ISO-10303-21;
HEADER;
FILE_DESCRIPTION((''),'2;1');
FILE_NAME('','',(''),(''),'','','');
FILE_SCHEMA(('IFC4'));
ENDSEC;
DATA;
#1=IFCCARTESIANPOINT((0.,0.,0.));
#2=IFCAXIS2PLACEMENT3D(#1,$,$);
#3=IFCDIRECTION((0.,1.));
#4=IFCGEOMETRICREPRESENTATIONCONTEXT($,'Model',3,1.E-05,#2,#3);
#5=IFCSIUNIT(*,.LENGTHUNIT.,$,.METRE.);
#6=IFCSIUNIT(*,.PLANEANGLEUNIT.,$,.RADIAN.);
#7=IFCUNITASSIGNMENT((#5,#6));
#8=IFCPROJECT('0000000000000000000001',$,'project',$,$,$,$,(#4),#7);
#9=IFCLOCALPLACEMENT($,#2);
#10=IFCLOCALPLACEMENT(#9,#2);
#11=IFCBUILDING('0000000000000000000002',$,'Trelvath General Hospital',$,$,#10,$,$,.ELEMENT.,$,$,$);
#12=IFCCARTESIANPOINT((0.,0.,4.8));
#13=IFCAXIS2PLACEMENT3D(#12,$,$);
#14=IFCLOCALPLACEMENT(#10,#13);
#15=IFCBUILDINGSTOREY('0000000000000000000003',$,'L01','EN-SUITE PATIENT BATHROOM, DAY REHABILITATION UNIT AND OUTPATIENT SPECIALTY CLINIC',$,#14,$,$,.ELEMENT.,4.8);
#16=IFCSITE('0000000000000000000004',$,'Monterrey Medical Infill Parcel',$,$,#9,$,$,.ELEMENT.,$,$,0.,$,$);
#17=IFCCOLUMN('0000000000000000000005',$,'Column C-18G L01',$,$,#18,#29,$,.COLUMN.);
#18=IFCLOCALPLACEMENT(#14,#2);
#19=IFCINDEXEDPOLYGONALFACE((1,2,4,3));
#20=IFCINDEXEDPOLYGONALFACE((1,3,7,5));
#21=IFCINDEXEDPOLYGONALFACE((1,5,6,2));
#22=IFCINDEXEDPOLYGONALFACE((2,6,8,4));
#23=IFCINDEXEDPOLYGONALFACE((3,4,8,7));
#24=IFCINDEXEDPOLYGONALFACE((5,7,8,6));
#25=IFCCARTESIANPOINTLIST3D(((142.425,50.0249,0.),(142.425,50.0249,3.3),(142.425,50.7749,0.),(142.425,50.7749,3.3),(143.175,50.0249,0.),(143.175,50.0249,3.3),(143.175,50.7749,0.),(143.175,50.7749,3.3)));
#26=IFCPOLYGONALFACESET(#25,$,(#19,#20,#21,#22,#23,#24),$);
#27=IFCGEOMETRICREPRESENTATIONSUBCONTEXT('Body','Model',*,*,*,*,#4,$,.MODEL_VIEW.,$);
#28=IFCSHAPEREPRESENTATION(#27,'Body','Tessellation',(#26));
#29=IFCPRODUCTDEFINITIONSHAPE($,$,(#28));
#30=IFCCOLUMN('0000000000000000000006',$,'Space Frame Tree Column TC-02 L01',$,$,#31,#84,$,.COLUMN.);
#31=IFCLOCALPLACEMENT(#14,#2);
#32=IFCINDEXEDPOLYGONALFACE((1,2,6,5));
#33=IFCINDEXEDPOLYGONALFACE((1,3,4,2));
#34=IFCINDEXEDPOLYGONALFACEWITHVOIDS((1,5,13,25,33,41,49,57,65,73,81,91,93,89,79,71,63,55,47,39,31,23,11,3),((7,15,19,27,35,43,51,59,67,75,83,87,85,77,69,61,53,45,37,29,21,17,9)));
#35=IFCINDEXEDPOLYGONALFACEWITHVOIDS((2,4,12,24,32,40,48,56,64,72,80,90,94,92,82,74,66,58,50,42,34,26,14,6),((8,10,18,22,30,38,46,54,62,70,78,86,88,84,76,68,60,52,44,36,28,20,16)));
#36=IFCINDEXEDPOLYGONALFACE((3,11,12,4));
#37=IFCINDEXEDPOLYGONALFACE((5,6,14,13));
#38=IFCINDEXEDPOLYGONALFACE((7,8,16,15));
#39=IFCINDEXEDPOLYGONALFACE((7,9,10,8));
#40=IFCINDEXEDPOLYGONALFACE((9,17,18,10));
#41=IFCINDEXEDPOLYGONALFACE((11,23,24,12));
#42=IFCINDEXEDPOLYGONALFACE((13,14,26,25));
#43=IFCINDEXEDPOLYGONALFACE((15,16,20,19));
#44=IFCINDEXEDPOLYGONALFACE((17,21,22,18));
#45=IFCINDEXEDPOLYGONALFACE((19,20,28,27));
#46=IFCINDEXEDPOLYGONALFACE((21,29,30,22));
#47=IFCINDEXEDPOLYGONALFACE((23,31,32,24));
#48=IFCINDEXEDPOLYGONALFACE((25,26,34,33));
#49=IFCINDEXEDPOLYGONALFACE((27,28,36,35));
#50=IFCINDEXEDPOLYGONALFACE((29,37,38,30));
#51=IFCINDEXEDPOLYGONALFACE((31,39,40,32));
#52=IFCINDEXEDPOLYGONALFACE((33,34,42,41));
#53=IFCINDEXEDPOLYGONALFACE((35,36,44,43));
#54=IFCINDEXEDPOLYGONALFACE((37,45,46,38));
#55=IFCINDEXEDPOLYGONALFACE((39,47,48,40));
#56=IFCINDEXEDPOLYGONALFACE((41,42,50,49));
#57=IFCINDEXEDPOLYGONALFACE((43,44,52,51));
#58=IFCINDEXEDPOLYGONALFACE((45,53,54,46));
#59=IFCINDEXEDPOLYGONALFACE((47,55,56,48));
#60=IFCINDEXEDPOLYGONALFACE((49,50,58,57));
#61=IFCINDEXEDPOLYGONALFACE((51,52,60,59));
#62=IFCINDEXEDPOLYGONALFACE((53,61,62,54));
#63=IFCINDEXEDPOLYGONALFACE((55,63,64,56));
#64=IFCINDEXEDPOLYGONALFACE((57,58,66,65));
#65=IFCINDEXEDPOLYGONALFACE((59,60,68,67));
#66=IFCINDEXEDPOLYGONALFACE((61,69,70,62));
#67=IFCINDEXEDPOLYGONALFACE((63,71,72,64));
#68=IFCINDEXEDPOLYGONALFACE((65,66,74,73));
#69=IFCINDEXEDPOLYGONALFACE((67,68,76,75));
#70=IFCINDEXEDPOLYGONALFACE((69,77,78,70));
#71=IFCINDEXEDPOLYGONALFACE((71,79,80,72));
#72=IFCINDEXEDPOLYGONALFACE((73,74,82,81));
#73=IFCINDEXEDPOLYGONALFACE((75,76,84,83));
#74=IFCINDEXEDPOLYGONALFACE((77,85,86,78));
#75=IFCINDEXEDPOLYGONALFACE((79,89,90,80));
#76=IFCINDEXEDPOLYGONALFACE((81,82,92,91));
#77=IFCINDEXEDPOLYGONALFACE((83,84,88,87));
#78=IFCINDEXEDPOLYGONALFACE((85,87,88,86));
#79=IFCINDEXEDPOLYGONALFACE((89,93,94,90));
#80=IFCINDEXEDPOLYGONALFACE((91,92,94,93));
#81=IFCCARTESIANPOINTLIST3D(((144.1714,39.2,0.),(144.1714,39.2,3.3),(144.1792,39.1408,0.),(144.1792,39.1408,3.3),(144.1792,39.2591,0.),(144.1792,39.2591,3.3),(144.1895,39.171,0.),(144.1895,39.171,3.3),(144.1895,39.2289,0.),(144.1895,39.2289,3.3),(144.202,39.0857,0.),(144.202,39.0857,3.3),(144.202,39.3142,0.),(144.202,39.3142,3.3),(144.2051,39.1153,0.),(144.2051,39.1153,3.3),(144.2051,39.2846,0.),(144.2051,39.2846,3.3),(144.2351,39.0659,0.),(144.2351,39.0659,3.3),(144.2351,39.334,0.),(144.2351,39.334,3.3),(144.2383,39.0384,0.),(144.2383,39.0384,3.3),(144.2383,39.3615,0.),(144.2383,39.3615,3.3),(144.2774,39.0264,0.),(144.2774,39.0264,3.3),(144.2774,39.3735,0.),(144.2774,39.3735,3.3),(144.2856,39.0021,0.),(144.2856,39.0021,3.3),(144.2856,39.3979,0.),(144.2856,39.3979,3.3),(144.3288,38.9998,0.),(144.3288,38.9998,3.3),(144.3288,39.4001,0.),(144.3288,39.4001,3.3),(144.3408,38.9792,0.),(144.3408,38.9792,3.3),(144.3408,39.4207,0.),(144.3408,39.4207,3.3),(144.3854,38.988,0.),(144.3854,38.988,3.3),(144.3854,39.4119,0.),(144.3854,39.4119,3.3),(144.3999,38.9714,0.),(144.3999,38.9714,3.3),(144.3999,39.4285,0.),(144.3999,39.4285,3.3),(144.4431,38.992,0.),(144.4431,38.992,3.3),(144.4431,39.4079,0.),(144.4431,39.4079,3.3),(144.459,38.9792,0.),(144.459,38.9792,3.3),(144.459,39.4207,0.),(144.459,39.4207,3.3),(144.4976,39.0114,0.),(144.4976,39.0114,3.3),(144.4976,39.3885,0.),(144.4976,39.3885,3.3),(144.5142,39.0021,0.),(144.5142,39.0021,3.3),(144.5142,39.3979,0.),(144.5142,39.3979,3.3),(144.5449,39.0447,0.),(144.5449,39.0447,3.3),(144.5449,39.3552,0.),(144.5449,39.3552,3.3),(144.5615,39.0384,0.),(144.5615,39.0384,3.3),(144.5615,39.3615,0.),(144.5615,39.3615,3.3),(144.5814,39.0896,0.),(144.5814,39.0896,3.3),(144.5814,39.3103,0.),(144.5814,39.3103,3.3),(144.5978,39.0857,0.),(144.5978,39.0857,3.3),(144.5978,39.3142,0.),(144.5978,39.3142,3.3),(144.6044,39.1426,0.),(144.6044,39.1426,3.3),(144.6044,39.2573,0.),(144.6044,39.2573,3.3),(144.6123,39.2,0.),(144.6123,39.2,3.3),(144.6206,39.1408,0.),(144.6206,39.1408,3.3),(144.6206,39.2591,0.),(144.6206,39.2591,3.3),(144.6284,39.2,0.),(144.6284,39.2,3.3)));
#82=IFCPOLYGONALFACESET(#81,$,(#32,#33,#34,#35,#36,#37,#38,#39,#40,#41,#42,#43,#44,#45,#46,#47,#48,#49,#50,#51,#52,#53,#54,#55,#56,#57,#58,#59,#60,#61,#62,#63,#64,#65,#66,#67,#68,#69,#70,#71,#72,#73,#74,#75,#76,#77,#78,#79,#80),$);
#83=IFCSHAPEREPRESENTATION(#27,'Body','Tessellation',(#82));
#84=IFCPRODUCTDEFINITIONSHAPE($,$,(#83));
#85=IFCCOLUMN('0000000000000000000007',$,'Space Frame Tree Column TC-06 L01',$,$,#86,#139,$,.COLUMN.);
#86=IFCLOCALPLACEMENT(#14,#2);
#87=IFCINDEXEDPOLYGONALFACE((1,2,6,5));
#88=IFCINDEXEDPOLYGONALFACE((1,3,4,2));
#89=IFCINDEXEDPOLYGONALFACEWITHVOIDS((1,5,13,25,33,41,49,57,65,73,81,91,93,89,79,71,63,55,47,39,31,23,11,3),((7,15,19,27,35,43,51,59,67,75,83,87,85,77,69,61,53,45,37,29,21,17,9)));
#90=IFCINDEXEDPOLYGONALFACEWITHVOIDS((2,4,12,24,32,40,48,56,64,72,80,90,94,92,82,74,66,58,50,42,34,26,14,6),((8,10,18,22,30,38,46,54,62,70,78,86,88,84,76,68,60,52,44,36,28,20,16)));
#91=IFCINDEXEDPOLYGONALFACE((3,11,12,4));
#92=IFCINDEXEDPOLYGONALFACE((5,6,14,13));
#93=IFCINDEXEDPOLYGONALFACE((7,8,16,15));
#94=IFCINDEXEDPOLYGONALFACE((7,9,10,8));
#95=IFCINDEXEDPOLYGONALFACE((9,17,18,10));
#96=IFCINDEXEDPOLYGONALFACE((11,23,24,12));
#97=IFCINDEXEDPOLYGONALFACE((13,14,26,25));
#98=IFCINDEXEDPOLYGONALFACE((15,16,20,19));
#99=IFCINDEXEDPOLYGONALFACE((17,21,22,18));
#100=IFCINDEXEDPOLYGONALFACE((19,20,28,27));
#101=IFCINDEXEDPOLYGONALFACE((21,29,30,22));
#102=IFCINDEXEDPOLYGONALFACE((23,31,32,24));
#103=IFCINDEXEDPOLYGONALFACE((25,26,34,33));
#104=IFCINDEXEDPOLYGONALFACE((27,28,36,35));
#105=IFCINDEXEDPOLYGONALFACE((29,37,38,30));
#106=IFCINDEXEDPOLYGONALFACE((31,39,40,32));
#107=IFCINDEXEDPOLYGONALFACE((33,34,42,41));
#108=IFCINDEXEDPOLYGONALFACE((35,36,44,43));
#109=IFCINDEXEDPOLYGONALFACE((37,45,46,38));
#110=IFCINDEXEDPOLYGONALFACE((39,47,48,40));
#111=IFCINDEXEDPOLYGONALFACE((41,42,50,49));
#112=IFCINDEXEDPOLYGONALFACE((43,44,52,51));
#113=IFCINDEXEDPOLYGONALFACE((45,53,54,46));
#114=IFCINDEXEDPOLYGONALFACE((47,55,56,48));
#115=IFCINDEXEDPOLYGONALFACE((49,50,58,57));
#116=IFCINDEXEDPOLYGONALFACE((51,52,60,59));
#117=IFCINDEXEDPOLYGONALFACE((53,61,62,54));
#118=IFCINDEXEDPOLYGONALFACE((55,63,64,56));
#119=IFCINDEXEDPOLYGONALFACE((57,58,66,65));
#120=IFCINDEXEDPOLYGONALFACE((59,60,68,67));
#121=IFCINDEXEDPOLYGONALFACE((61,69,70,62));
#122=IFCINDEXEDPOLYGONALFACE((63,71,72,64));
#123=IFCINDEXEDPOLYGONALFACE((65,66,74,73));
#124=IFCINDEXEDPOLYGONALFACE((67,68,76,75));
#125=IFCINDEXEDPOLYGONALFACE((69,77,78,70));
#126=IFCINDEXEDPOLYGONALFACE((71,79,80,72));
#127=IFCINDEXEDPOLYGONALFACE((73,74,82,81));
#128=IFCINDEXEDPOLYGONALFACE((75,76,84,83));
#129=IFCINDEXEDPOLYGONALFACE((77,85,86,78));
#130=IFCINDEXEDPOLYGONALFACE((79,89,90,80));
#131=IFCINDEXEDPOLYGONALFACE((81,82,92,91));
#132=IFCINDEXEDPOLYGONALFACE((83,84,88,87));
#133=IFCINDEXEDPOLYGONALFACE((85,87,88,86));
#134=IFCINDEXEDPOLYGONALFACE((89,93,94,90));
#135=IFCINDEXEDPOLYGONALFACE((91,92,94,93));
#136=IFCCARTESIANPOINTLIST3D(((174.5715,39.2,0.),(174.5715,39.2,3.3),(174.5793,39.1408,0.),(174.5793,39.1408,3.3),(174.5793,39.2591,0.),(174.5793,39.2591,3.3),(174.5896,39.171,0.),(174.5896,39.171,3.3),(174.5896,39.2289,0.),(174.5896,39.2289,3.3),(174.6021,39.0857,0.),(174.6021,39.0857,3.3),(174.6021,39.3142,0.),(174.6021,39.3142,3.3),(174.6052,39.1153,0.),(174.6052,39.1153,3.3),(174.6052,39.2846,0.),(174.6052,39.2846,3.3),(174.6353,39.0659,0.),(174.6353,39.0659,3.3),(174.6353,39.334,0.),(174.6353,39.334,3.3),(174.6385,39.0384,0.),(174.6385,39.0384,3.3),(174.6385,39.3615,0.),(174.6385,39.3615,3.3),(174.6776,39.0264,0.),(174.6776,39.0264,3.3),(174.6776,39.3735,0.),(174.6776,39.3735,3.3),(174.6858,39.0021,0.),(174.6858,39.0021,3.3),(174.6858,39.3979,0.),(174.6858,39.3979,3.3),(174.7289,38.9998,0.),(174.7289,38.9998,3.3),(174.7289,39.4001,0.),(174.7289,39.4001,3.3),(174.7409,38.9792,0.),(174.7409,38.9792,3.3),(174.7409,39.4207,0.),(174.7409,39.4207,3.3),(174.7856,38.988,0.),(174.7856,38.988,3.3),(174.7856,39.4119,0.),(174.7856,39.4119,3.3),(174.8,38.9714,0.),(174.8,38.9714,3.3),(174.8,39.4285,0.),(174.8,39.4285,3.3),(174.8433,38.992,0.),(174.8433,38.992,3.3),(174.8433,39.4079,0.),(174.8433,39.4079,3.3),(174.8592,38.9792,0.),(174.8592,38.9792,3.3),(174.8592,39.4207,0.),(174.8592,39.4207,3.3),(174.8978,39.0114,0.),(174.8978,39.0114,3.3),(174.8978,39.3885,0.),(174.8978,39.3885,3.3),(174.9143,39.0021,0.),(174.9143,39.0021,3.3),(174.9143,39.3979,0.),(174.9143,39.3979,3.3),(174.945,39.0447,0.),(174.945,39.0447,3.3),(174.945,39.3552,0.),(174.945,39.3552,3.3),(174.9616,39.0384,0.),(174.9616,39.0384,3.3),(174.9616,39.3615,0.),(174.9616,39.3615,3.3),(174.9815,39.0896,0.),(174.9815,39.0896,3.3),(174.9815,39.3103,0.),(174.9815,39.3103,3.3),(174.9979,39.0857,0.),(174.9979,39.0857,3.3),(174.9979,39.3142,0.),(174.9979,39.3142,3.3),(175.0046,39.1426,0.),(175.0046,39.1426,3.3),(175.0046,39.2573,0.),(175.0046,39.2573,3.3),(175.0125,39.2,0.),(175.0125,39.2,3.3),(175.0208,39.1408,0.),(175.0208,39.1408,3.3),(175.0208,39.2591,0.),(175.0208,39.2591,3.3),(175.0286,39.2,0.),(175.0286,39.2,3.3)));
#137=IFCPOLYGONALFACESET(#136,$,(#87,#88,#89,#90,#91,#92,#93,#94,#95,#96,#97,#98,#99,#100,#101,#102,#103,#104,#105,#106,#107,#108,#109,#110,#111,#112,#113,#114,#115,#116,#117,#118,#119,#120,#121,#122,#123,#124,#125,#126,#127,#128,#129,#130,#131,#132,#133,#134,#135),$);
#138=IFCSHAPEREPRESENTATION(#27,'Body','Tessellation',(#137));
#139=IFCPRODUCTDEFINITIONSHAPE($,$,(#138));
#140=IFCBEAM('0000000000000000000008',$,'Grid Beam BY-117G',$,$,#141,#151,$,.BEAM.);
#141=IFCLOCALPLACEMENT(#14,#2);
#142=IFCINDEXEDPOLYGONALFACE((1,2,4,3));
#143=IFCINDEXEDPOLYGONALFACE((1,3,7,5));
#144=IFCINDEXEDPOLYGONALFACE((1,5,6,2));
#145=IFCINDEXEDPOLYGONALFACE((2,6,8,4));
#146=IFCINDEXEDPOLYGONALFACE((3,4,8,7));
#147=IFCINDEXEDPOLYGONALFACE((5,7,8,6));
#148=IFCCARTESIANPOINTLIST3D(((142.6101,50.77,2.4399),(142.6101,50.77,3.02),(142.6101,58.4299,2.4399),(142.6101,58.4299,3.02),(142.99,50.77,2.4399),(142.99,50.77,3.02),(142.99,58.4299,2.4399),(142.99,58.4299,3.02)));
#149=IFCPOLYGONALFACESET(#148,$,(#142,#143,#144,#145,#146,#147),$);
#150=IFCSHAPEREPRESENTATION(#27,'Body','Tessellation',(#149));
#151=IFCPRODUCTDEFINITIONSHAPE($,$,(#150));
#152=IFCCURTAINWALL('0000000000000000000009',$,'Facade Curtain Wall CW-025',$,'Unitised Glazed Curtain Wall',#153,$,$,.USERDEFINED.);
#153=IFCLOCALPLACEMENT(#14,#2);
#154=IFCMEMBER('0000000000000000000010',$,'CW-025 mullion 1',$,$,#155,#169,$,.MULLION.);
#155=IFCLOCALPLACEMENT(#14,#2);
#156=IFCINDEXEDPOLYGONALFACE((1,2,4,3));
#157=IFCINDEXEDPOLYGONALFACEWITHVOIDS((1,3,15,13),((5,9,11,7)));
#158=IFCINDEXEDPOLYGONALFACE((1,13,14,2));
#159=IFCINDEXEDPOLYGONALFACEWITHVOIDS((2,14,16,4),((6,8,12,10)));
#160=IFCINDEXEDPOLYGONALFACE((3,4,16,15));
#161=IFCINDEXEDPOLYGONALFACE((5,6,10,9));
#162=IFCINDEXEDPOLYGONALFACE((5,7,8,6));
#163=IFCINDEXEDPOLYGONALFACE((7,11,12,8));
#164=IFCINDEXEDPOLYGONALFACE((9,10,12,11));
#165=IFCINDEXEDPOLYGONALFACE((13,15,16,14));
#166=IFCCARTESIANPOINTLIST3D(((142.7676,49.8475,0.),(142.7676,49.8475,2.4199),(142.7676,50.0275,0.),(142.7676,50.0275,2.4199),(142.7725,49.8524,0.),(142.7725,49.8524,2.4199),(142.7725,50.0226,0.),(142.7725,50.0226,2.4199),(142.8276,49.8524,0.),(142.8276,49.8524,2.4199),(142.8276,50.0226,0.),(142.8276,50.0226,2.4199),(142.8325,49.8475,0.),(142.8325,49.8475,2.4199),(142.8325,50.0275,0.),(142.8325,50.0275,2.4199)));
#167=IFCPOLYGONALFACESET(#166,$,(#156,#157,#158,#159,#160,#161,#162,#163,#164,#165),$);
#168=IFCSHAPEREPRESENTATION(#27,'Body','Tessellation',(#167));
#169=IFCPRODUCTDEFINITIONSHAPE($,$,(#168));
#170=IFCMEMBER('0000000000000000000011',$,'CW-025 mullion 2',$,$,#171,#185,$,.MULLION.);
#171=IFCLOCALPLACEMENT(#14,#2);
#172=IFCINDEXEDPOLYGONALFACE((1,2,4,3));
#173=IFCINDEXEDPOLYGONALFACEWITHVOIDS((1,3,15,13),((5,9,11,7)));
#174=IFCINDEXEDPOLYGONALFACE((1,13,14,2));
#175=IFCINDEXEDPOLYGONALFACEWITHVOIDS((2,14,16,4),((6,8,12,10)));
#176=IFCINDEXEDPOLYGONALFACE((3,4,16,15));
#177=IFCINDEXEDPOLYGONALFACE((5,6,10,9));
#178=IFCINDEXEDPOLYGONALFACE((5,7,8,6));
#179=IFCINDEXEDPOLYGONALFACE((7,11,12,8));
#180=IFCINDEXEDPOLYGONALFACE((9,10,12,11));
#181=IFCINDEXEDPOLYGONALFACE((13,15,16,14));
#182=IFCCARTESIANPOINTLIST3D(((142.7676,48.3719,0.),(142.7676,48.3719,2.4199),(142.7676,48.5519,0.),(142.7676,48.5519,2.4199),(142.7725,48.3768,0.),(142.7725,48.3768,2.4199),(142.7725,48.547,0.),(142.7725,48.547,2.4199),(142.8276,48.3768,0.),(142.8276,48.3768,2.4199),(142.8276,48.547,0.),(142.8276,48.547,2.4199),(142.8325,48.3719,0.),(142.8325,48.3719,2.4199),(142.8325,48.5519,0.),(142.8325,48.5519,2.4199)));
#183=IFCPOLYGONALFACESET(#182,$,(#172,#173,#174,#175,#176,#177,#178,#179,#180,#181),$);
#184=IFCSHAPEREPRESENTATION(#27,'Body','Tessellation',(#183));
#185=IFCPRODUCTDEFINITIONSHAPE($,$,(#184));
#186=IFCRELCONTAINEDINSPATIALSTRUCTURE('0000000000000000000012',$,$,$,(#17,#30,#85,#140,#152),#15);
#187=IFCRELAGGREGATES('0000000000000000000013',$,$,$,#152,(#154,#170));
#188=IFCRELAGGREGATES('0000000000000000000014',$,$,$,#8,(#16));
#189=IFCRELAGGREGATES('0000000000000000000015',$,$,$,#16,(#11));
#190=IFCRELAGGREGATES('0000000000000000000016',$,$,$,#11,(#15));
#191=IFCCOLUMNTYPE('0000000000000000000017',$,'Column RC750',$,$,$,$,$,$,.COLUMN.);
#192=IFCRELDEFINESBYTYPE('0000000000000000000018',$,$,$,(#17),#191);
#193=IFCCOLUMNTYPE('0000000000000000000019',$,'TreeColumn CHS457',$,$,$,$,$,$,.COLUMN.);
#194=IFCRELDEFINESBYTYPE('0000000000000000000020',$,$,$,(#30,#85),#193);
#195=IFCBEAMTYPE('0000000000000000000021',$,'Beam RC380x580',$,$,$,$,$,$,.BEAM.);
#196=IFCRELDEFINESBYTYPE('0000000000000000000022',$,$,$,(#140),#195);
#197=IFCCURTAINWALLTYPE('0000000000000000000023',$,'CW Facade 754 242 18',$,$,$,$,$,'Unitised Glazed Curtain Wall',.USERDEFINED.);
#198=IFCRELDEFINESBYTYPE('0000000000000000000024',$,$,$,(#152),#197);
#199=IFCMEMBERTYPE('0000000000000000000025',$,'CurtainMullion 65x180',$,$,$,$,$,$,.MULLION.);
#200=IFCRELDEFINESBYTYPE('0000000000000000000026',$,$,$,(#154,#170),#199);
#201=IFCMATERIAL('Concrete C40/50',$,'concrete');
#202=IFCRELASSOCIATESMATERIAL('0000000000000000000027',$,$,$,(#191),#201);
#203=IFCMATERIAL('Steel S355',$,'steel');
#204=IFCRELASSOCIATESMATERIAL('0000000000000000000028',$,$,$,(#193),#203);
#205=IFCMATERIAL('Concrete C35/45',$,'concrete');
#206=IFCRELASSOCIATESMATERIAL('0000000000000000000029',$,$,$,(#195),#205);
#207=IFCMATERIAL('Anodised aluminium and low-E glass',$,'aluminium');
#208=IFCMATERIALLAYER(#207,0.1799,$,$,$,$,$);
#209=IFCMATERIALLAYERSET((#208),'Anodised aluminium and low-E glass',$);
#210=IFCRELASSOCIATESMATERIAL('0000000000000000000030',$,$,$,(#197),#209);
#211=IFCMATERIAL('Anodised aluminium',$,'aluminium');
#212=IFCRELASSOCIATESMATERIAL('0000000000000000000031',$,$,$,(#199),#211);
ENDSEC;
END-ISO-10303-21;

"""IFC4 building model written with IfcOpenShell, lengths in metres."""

from ifc_helpers import new_model, si_unit, direction, frame, origin, origin_2d, place, context, subcontext, project, spatial, rectangle, hollow_rectangle, hollow_circle, extrude, material, layer, layer_set, material_profile, profile_set, type_object, element, aggregate, save


model = new_model("IFC4")

# Units and contexts
model_context = context("Model", 3, precision=1e-05, world=origin(), true_north=direction((0.0, 1.0)))
body_context = subcontext(model_context, "Body", "Model", "MODEL_VIEW")
ifc_project = project(units=[si_unit("LENGTHUNIT", "METRE"), si_unit("PLANEANGLEUNIT", "RADIAN")], contexts=[model_context])

# Site, building, storey
site_placement = place(None, origin())
site = spatial("IfcSite", under=ifc_project, at=site_placement, Name="Monterrey Medical Infill Parcel", CompositionType="ELEMENT", RefElevation=0.0)
building_placement = place(site_placement, origin())
building = spatial("IfcBuilding", under=site, at=building_placement, Name="Trelvath General Hospital", CompositionType="ELEMENT")
storey_placement = place(building_placement, frame((0.0, 0.0, 4.8)))
storey = spatial("IfcBuildingStorey", under=building, at=storey_placement, Name="L01", Description="EN-SUITE PATIENT BATHROOM, DAY REHABILITATION UNIT AND OUTPATIENT SPECIALTY CLINIC", CompositionType="ELEMENT", Elevation=4.8)

# Columns
ifc_material_1 = material(Name="Concrete C40/50", Category="concrete")
ifc_material_profile_1 = material_profile(ifc_material_1, rectangle(XDim=0.75, YDim=0.75, at=origin_2d()), Name="RC750x750")
ifc_profile_set_1 = profile_set([ifc_material_profile_1], Name="Concrete C40/50")
column_type_1 = type_object("IfcColumnType", Name="Column RC750", PredefinedType="COLUMN", material=ifc_profile_set_1)
column_placement = place(storey_placement, frame((142.8, 50.3999, 0.0), z_axis=(0.0, 0.0, 1.0), x_axis=(1.0, 0.0, 0.0)))
element("IfcColumn", 1, at=column_placement, inside=storey, type_object=column_type_1, Name="Column C-18G L01", PredefinedType="COLUMN", context=body_context, shape_type="SweptSolid", body=[
    extrude(rectangle(XDim=0.75, YDim=0.75, at=origin_2d()), origin(), (0.0, 0.0, 1.0), 3.3),
])
ifc_material_2 = material(Name="Steel S355", Category="steel")
ifc_material_profile_2 = material_profile(ifc_material_2, hollow_circle(Radius=0.2285, WallThickness=0.0161, at=origin_2d()), Name="CHS457.0x16.0")
ifc_profile_set_2 = profile_set([ifc_material_profile_2], Name="Steel S355")
column_type_2 = type_object("IfcColumnType", Name="TreeColumn CHS457", PredefinedType="COLUMN", material=ifc_profile_set_2)
for number, where, z_axis, x_axis, name in (
    (2, (144.3999, 39.2, 0.0), (0.0, 0.0, 1.0), (1.0, 0.0, 0.0), "Space Frame Tree Column TC-02 L01"),
    (3, (174.8, 39.2, 0.0), (0.0, 0.0, 1.0), (1.0, 0.0, 0.0), "Space Frame Tree Column TC-06 L01"),
):
    element("IfcColumn", number, at=place(storey_placement, frame(where, z_axis=z_axis, x_axis=x_axis)), inside=storey, type_object=column_type_2, Name=name, PredefinedType="COLUMN", context=body_context, shape_type="SweptSolid", body=[
        extrude(hollow_circle(Radius=0.2285, WallThickness=0.0161, at=origin_2d()), origin(), (0.0, 0.0, 1.0), 3.3),
    ])

# Beam
ifc_material_3 = material(Name="Concrete C35/45", Category="concrete")
ifc_material_profile_3 = material_profile(ifc_material_3, rectangle(XDim=0.3799, YDim=0.5801, at=origin_2d()), Name="RCB380x580")
ifc_profile_set_3 = profile_set([ifc_material_profile_3], Name="Concrete C35/45")
beam_type = type_object("IfcBeamType", Name="Beam RC380x580", PredefinedType="BEAM", material=ifc_profile_set_3)
beam_placement = place(storey_placement, frame((142.8, 50.77, 2.73), z_axis=(0.0, 1.0, 0.0), x_axis=(-1.0, 0.0, 0.0)))
element("IfcBeam", 4, at=beam_placement, inside=storey, type_object=beam_type, Name="Grid Beam BY-117G", PredefinedType="BEAM", context=body_context, shape_type="SweptSolid", body=[
    extrude(rectangle(XDim=0.3799, YDim=0.5801, at=origin_2d()), origin(), (0.0, 0.0, 1.0), 7.6599),
])

# Curtain wall, members
ifc_material_4 = material(Name="Anodised aluminium and low-E glass", Category="aluminium")
ifc_layer_1 = layer(ifc_material_4, 0.1799)
ifc_layer_set_1 = layer_set([ifc_layer_1], Name="Anodised aluminium and low-E glass")
curtain_wall_type = type_object("IfcCurtainWallType", Name="CW Facade 754 242 18", ElementType="Unitised Glazed Curtain Wall", PredefinedType="USERDEFINED", material=ifc_layer_set_1)
curtain_wall_1_placement = place(storey_placement, origin())
curtain_wall_1 = element("IfcCurtainWall", 5, at=curtain_wall_1_placement, inside=storey, type_object=curtain_wall_type, Name="Facade Curtain Wall CW-025", ObjectType="Unitised Glazed Curtain Wall", PredefinedType="USERDEFINED")
ifc_material_5 = material(Name="Anodised aluminium", Category="aluminium")
ifc_material_profile_4 = material_profile(ifc_material_5, hollow_rectangle(XDim=0.0649, YDim=0.1799, WallThickness=0.0049, at=origin_2d()), Name="RHS65x180x5")
ifc_profile_set_4 = profile_set([ifc_material_profile_4], Name="Anodised aluminium")
member_type_1 = type_object("IfcMemberType", Name="CurtainMullion 65x180", PredefinedType="MULLION", material=ifc_profile_set_4)
member_1_placement = place(storey_placement, frame((142.8, 49.9375, 0.0), z_axis=(0.0, 0.0, 1.0), x_axis=(1.0, 0.0, 0.0)))
member_1 = element("IfcMember", 6, at=member_1_placement, type_object=member_type_1, Name="CW-025 mullion 1", PredefinedType="MULLION", context=body_context, shape_type="SweptSolid", body=[
    extrude(hollow_rectangle(XDim=0.0649, YDim=0.1799, WallThickness=0.0049, at=origin_2d()), origin(), (0.0, 0.0, 1.0), 2.4199),
])
member_2_placement = place(storey_placement, frame((142.8, 48.4619, 0.0), z_axis=(0.0, 0.0, 1.0), x_axis=(1.0, 0.0, 0.0)))
member_2 = element("IfcMember", 7, at=member_2_placement, type_object=member_type_1, Name="CW-025 mullion 2", PredefinedType="MULLION", context=body_context, shape_type="SweptSolid", body=[
    extrude(hollow_rectangle(XDim=0.0649, YDim=0.1799, WallThickness=0.0049, at=origin_2d()), origin(), (0.0, 0.0, 1.0), 2.4199),
])

aggregate(curtain_wall_1, [member_1, member_2])

save(model, "model.ifc")
